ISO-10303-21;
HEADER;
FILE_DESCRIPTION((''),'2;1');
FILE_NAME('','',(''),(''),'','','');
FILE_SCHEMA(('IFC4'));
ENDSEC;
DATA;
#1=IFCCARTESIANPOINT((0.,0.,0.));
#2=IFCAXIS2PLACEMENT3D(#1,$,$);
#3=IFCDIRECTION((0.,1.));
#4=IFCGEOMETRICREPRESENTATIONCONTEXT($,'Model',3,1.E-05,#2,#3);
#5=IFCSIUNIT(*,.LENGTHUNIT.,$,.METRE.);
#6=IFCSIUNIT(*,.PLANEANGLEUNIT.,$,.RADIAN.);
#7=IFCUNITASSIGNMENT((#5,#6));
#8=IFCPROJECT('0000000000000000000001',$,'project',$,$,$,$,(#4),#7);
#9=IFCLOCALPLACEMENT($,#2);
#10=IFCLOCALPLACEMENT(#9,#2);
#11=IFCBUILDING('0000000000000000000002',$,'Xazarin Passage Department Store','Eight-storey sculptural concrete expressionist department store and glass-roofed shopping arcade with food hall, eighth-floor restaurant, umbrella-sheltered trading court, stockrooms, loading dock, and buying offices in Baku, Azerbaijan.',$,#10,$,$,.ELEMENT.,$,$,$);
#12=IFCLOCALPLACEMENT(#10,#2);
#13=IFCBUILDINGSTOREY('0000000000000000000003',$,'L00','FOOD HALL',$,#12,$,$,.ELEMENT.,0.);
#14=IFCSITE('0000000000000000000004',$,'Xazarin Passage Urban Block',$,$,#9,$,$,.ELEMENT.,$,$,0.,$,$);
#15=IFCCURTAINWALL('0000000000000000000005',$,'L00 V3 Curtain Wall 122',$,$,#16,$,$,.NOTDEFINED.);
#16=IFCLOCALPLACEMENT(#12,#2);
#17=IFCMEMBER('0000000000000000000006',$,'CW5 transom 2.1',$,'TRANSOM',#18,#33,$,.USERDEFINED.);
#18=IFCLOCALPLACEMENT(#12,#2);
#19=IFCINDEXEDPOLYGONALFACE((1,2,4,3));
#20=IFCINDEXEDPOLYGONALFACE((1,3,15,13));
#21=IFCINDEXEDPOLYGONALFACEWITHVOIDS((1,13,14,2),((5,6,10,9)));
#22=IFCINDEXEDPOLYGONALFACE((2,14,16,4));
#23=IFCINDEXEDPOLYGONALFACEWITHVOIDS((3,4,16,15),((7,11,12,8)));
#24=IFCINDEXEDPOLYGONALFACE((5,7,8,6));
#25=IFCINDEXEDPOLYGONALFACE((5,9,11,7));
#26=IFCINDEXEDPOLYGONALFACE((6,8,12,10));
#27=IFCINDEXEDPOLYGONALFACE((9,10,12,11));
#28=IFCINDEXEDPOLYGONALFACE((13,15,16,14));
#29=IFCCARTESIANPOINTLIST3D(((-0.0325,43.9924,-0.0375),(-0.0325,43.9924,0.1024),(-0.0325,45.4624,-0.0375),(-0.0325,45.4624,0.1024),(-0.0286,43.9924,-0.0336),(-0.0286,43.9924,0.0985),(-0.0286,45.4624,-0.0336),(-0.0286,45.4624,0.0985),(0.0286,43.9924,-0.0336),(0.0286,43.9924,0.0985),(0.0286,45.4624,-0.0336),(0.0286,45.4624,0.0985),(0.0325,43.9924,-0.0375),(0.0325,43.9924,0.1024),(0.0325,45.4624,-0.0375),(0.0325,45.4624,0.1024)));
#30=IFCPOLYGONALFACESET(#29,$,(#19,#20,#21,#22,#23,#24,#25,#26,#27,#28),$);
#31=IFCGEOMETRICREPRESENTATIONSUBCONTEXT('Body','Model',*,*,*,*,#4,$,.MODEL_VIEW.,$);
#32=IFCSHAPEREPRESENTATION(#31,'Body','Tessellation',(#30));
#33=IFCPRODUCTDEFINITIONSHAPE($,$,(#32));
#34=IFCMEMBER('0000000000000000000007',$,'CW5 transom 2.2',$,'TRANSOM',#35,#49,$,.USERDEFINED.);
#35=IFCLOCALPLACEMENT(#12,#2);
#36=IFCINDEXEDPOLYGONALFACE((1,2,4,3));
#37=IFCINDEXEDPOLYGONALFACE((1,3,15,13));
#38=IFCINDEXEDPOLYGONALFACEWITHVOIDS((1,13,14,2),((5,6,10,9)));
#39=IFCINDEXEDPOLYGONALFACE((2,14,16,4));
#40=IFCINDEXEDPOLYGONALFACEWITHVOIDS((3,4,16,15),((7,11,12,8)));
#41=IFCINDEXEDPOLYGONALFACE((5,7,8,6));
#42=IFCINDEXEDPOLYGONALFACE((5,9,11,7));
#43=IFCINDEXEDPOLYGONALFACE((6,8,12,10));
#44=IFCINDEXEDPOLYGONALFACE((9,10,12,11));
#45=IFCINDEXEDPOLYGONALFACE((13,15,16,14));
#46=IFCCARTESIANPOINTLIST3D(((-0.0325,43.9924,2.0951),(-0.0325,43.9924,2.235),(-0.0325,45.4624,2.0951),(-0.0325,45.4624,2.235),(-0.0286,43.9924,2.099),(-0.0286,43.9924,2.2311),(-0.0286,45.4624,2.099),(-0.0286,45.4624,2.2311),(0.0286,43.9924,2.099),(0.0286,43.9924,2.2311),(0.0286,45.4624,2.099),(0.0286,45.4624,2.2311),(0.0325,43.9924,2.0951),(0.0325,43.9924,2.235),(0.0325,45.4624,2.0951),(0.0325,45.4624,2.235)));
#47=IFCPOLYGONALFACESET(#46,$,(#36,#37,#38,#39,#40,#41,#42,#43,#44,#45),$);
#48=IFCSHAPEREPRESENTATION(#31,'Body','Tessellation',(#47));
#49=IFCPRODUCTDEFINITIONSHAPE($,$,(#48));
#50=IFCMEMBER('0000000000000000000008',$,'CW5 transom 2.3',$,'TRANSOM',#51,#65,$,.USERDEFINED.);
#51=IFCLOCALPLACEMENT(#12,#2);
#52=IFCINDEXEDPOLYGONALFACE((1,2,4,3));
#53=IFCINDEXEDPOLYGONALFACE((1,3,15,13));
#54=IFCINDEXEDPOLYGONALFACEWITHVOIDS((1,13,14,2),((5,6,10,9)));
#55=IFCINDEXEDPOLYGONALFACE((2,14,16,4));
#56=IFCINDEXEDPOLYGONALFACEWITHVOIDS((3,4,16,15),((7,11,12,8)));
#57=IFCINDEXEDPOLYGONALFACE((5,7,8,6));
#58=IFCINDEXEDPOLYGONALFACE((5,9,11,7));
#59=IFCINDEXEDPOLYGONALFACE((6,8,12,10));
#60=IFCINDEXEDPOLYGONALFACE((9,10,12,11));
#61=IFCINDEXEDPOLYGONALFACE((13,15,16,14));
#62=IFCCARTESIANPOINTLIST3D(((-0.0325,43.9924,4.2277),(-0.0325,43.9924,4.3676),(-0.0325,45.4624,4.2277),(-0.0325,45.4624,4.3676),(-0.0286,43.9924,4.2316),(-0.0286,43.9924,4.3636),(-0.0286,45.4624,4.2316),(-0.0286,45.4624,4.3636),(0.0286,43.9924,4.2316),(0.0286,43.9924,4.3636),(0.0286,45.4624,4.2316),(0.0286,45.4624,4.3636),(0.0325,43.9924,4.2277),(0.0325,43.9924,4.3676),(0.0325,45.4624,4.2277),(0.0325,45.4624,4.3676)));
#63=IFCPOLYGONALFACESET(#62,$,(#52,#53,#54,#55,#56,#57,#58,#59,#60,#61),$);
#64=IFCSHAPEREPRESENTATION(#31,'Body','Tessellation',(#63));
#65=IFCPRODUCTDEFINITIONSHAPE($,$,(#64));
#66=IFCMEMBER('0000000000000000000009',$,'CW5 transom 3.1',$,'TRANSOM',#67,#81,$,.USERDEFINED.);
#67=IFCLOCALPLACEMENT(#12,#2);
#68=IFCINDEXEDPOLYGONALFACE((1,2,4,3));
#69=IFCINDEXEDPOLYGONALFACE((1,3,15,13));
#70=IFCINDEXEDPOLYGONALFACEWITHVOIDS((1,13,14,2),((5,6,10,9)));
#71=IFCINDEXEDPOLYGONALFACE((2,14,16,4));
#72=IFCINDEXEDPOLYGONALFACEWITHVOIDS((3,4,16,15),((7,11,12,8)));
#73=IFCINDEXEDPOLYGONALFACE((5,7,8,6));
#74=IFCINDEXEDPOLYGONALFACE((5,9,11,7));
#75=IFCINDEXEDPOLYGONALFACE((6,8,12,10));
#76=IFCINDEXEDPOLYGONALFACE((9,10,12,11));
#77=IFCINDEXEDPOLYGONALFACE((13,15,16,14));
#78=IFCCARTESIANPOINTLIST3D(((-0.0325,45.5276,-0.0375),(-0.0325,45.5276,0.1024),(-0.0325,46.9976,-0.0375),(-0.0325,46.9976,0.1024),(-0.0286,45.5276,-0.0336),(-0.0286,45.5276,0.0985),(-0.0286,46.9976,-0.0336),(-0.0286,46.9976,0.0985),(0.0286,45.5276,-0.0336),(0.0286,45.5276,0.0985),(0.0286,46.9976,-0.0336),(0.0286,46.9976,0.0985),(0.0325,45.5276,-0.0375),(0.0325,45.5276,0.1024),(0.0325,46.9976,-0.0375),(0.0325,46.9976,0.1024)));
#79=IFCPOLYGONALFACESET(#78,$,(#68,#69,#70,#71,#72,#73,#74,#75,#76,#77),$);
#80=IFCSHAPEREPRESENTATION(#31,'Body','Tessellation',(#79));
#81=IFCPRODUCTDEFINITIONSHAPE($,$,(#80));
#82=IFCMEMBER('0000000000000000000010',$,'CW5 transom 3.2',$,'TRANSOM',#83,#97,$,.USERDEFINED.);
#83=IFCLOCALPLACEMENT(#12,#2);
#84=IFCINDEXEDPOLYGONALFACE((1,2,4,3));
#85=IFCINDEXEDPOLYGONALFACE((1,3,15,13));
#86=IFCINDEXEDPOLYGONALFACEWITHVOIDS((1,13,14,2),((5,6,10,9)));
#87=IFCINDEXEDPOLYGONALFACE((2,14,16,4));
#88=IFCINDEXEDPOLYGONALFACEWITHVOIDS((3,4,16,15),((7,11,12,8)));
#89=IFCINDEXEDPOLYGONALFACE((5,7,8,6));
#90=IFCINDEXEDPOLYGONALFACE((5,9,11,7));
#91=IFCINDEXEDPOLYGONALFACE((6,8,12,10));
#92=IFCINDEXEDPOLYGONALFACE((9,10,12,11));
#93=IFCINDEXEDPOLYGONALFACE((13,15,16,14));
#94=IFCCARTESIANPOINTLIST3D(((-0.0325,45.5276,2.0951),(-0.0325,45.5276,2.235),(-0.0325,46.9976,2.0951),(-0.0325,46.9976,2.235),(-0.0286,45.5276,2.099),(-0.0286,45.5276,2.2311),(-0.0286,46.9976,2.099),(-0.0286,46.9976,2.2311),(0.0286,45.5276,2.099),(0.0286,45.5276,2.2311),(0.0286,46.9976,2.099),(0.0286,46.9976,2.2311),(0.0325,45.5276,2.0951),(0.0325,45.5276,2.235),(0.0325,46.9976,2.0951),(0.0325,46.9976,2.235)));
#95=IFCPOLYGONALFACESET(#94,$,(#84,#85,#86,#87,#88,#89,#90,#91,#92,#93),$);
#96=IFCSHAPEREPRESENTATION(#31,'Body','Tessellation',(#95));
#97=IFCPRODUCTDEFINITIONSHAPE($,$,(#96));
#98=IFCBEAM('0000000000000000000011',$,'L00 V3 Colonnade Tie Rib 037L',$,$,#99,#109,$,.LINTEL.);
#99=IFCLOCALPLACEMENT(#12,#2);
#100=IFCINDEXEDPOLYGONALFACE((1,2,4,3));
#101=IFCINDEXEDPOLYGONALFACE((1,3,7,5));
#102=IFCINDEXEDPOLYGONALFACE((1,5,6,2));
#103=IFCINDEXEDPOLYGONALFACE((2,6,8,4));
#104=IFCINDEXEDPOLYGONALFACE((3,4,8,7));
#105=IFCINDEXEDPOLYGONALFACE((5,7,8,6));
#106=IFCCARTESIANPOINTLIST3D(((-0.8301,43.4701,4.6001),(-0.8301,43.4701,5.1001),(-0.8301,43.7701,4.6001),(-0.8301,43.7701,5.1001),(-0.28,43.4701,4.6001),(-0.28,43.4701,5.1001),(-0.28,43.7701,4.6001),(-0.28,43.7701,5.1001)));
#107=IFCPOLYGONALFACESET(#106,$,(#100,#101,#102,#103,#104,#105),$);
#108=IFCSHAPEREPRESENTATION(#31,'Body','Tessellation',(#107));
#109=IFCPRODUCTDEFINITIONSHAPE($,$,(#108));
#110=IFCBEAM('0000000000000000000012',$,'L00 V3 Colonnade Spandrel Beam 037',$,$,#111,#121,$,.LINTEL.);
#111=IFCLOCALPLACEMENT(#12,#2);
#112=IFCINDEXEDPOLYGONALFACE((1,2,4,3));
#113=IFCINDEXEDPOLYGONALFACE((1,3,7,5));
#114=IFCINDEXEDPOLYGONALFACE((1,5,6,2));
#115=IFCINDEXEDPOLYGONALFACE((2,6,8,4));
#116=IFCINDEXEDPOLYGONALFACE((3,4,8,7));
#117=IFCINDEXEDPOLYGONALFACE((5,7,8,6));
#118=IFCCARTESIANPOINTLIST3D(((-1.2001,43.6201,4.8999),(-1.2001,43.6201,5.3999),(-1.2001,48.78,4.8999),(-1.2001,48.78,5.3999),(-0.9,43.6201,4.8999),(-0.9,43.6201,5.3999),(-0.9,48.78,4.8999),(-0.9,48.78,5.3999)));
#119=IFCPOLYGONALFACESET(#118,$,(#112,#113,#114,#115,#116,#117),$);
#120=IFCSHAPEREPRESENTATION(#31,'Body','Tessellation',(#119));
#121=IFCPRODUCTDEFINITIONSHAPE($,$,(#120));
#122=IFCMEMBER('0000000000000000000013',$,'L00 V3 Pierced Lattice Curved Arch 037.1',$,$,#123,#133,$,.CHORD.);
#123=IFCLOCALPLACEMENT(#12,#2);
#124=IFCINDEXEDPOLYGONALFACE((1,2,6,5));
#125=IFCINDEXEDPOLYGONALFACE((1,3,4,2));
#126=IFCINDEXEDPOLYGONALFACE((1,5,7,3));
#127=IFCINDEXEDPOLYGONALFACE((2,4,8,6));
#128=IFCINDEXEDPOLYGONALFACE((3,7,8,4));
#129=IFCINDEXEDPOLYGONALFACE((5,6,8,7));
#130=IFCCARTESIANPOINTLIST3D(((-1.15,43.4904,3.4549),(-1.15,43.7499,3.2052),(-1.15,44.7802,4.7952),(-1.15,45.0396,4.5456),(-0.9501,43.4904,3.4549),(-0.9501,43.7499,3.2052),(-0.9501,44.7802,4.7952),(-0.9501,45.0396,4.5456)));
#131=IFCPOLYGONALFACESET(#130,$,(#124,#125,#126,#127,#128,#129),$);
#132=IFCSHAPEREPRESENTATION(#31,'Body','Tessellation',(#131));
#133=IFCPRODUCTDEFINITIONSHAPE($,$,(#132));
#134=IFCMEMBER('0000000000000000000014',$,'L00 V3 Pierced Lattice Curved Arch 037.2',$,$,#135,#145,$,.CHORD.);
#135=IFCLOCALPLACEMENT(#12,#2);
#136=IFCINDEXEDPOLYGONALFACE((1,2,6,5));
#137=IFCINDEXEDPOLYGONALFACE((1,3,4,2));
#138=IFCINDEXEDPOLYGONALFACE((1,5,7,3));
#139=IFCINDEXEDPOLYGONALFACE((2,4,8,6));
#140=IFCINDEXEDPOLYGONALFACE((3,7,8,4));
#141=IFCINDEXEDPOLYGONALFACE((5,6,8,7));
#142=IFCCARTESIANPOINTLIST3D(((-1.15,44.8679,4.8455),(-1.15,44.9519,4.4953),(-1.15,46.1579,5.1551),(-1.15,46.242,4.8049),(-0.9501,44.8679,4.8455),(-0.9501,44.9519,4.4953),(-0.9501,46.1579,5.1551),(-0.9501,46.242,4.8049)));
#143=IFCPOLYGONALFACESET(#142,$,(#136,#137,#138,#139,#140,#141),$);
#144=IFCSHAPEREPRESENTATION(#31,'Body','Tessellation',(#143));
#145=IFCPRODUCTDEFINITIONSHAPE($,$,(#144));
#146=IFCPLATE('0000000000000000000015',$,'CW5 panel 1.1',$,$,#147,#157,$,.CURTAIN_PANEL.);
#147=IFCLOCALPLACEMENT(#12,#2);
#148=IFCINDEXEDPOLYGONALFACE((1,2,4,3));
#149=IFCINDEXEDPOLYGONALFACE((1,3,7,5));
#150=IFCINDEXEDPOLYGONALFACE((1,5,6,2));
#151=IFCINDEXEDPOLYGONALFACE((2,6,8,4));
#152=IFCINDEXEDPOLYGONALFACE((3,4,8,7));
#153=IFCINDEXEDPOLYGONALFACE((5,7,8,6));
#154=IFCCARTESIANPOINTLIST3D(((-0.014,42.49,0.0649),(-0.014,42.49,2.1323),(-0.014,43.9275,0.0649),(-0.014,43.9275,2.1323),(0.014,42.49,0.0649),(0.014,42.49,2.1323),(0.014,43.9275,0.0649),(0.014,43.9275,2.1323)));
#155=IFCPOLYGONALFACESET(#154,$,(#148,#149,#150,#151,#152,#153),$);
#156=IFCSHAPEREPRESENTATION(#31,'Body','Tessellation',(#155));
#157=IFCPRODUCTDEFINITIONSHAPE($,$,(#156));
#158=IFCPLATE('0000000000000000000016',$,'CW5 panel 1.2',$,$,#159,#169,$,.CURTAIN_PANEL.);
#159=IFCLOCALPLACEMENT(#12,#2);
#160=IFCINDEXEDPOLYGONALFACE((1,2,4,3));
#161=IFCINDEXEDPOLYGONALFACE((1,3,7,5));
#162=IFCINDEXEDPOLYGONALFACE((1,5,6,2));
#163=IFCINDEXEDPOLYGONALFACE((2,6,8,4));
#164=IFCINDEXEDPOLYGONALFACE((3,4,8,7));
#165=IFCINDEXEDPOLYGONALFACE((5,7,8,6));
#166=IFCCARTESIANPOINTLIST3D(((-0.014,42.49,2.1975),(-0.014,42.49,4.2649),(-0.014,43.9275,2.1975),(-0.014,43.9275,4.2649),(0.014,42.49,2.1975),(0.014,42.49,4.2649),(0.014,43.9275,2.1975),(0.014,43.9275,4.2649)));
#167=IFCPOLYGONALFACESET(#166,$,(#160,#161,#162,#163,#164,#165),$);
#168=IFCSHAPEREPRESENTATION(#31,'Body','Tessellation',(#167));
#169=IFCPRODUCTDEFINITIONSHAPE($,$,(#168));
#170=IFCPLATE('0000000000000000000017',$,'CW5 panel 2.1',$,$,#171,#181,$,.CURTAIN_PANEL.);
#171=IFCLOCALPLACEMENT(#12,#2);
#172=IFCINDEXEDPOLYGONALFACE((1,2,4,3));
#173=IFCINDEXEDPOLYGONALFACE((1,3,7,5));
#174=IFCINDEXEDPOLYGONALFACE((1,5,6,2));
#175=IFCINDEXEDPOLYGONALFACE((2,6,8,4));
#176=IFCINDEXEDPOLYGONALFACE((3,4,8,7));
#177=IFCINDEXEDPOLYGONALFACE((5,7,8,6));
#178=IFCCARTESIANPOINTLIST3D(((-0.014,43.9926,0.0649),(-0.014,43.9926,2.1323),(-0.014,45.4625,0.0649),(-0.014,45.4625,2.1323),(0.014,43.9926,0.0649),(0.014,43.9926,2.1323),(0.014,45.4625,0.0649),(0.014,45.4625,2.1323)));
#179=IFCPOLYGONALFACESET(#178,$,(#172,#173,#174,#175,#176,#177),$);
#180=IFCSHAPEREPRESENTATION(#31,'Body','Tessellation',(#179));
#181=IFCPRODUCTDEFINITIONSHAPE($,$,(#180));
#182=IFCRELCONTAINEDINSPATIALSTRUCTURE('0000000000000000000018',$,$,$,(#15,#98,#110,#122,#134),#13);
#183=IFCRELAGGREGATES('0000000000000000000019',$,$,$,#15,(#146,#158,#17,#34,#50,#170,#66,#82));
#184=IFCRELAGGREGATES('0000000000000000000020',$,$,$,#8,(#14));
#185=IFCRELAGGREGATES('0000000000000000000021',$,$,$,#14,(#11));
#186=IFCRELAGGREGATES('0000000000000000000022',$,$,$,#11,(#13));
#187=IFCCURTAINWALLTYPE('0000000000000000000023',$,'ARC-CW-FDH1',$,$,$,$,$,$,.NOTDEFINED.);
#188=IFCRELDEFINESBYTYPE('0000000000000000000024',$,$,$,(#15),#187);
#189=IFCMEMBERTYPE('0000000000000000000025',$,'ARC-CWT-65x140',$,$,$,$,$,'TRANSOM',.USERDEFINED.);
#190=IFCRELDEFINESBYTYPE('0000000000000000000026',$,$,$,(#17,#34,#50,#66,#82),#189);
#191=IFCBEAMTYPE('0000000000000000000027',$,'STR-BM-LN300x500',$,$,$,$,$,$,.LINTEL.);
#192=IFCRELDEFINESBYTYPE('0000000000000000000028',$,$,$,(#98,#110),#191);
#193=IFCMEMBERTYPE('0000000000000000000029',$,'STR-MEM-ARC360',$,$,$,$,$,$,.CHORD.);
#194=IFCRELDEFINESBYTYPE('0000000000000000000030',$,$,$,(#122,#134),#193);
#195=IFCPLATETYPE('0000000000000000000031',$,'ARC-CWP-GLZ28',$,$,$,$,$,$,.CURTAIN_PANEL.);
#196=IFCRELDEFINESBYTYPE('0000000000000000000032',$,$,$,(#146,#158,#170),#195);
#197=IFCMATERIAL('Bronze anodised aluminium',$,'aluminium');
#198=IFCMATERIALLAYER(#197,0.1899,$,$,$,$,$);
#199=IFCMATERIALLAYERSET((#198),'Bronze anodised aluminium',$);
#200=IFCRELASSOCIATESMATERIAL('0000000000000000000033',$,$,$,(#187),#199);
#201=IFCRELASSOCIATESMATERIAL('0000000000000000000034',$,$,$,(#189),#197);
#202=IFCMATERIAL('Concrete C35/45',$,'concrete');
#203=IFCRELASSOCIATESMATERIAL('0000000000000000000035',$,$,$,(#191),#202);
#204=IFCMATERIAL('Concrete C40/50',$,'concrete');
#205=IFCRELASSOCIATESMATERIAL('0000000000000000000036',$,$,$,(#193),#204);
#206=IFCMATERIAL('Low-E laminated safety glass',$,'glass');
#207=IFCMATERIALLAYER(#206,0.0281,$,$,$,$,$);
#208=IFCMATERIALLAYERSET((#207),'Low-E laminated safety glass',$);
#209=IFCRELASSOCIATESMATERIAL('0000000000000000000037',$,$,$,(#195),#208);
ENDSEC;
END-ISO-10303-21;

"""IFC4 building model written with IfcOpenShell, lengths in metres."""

from ifc_helpers import new_model, si_unit, direction, frame, origin, origin_2d, place, context, subcontext, project, spatial, rectangle, hollow_rectangle, extrude, material, layer, layer_set, material_profile, profile_set, type_object, element, aggregate, save


model = new_model("IFC4")

# Units and contexts
model_context = context("Model", 3, precision=1e-05, world=origin(), true_north=direction((0.0, 1.0)))
body_context = subcontext(model_context, "Body", "Model", "MODEL_VIEW")
ifc_project = project(units=[si_unit("LENGTHUNIT", "METRE"), si_unit("PLANEANGLEUNIT", "RADIAN")], contexts=[model_context])

# Site, building, storey
site_placement = place(None, origin())
site = spatial("IfcSite", under=ifc_project, at=site_placement, Name="Xazarin Passage Urban Block", CompositionType="ELEMENT", RefElevation=0.0)
building_placement = place(site_placement, origin())
building = spatial("IfcBuilding", under=site, at=building_placement, Name="Xazarin Passage Department Store", Description="Eight-storey sculptural concrete expressionist department store and glass-roofed shopping arcade with food hall, eighth-floor restaurant, umbrella-sheltered trading court, stockrooms, loading dock, and buying offices in Baku, Azerbaijan.", CompositionType="ELEMENT")
storey_placement = place(building_placement, origin())
storey = spatial("IfcBuildingStorey", under=building, at=storey_placement, Name="L00", Description="FOOD HALL", CompositionType="ELEMENT", Elevation=0.0)

# Shared definitions
ifc_material_1 = material(Name="Concrete C35/45", Category="concrete")

# Shared definitions
ifc_material_2 = material(Name="Concrete C40/50", Category="concrete")

# Curtain wall, members
ifc_material_3 = material(Name="Bronze anodised aluminium", Category="aluminium")
ifc_layer_1 = layer(ifc_material_3, 0.1899)
ifc_layer_set_1 = layer_set([ifc_layer_1], Name="Bronze anodised aluminium")
curtain_wall_type = type_object("IfcCurtainWallType", Name="ARC-CW-FDH1", PredefinedType="NOTDEFINED", material=ifc_layer_set_1)
curtain_wall_placement = place(storey_placement, origin())
curtain_wall = element("IfcCurtainWall", 1, at=curtain_wall_placement, inside=storey, type_object=curtain_wall_type, Name="L00 V3 Curtain Wall 122", PredefinedType="NOTDEFINED")
ifc_material_profile_1 = material_profile(ifc_material_3, hollow_rectangle(XDim=0.0649, YDim=0.1399, WallThickness=0.0039, at=origin_2d()), Name="ALU 65x140")
ifc_profile_set_1 = profile_set([ifc_material_profile_1], Name="Bronze anodised aluminium")
member_type_1 = type_object("IfcMemberType", Name="ARC-CWT-65x140", ElementType="TRANSOM", PredefinedType="USERDEFINED", material=ifc_profile_set_1)
member_1_placement = place(storey_placement, frame((0.0, 43.9924, 0.0325), z_axis=(0.0, 1.0, 0.0), x_axis=(-1.0, 0.0, 0.0)))
member_1 = element("IfcMember", 2, at=member_1_placement, type_object=member_type_1, Name="CW5 transom 2.1", ObjectType="TRANSOM", PredefinedType="USERDEFINED", context=body_context, shape_type="SweptSolid", body=[
    extrude(hollow_rectangle(XDim=0.0649, YDim=0.1399, WallThickness=0.0039, at=origin_2d()), origin(), (0.0, 0.0, 1.0), 1.47),
])
member_2_placement = place(storey_placement, frame((0.0, 43.9924, 2.165), z_axis=(0.0, 1.0, 0.0), x_axis=(-1.0, 0.0, 0.0)))
member_2 = element("IfcMember", 3, at=member_2_placement, type_object=member_type_1, Name="CW5 transom 2.2", ObjectType="TRANSOM", PredefinedType="USERDEFINED", context=body_context, shape_type="SweptSolid", body=[
    extrude(hollow_rectangle(XDim=0.0649, YDim=0.1399, WallThickness=0.0039, at=origin_2d()), origin(), (0.0, 0.0, 1.0), 1.47),
])
member_3_placement = place(storey_placement, frame((0.0, 43.9924, 4.2976), z_axis=(0.0, 1.0, 0.0), x_axis=(-1.0, 0.0, 0.0)))
member_3 = element("IfcMember", 4, at=member_3_placement, type_object=member_type_1, Name="CW5 transom 2.3", ObjectType="TRANSOM", PredefinedType="USERDEFINED", context=body_context, shape_type="SweptSolid", body=[
    extrude(hollow_rectangle(XDim=0.0649, YDim=0.1399, WallThickness=0.0039, at=origin_2d()), origin(), (0.0, 0.0, 1.0), 1.47),
])
member_4_placement = place(storey_placement, frame((0.0, 45.5276, 0.0325), z_axis=(0.0, 1.0, 0.0), x_axis=(-1.0, 0.0, 0.0)))
member_4 = element("IfcMember", 5, at=member_4_placement, type_object=member_type_1, Name="CW5 transom 3.1", ObjectType="TRANSOM", PredefinedType="USERDEFINED", context=body_context, shape_type="SweptSolid", body=[
    extrude(hollow_rectangle(XDim=0.0649, YDim=0.1399, WallThickness=0.0039, at=origin_2d()), origin(), (0.0, 0.0, 1.0), 1.47),
])
member_5_placement = place(storey_placement, frame((0.0, 45.5276, 2.165), z_axis=(0.0, 1.0, 0.0), x_axis=(-1.0, 0.0, 0.0)))
member_5 = element("IfcMember", 6, at=member_5_placement, type_object=member_type_1, Name="CW5 transom 3.2", ObjectType="TRANSOM", PredefinedType="USERDEFINED", context=body_context, shape_type="SweptSolid", body=[
    extrude(hollow_rectangle(XDim=0.0649, YDim=0.1399, WallThickness=0.0039, at=origin_2d()), origin(), (0.0, 0.0, 1.0), 1.47),
])

# Beams
ifc_material_profile_2 = material_profile(ifc_material_1, rectangle(XDim=0.3, YDim=0.5, at=origin_2d()), Name="RC 300x500")
ifc_profile_set_2 = profile_set([ifc_material_profile_2], Name="Concrete C35/45")
beam_type = type_object("IfcBeamType", Name="STR-BM-LN300x500", PredefinedType="LINTEL", material=ifc_profile_set_2)
beam_1_placement = place(storey_placement, frame((-0.28, 43.6201, 4.8501), z_axis=(-1.0, 0.0, 0.0), x_axis=(0.0, -1.0, 0.0)))
element("IfcBeam", 7, at=beam_1_placement, inside=storey, type_object=beam_type, Name="L00 V3 Colonnade Tie Rib 037L", PredefinedType="LINTEL", context=body_context, shape_type="SweptSolid", body=[
    extrude(rectangle(XDim=0.3, YDim=0.5, at=origin_2d()), origin(), (0.0, 0.0, 1.0), 0.55),
])
beam_2_placement = place(storey_placement, frame((-1.05, 43.6201, 5.1499), z_axis=(0.0, 1.0, 0.0), x_axis=(-1.0, 0.0, 0.0)))
element("IfcBeam", 8, at=beam_2_placement, inside=storey, type_object=beam_type, Name="L00 V3 Colonnade Spandrel Beam 037", PredefinedType="LINTEL", context=body_context, shape_type="SweptSolid", body=[
    extrude(rectangle(XDim=0.3, YDim=0.5, at=origin_2d()), origin(), (0.0, 0.0, 1.0), 5.1599),
])

# Members
ifc_material_profile_3 = material_profile(ifc_material_2, rectangle(XDim=0.2, YDim=0.3601, at=origin_2d()), Name="RC 200x360")
ifc_profile_set_3 = profile_set([ifc_material_profile_3], Name="Concrete C40/50")
member_type_2 = type_object("IfcMemberType", Name="STR-MEM-ARC360", PredefinedType="CHORD", material=ifc_profile_set_3)
member_6_placement = place(storey_placement, frame((-1.05, 43.6201, 3.3301), z_axis=(0.0, 0.693392, 0.720561), x_axis=(-1.0, 0.0, 0.0)))
element("IfcMember", 9, at=member_6_placement, inside=storey, type_object=member_type_2, Name="L00 V3 Pierced Lattice Curved Arch 037.1", PredefinedType="CHORD", context=body_context, shape_type="SweptSolid", body=[
    extrude(rectangle(XDim=0.2, YDim=0.3601, at=origin_2d()), origin(), (0.0, 0.0, 1.0), 1.8601),
])
member_7_placement = place(storey_placement, frame((-1.05, 44.9099, 4.6704), z_axis=(0.0, 0.972394, 0.233345), x_axis=(-1.0, 0.0, 0.0)))
element("IfcMember", 10, at=member_7_placement, inside=storey, type_object=member_type_2, Name="L00 V3 Pierced Lattice Curved Arch 037.2", PredefinedType="CHORD", context=body_context, shape_type="SweptSolid", body=[
    extrude(rectangle(XDim=0.2, YDim=0.3601, at=origin_2d()), origin(), (0.0, 0.0, 1.0), 1.3267),
])

# Plates
ifc_material_4 = material(Name="Low-E laminated safety glass", Category="glass")
ifc_layer_2 = layer(ifc_material_4, 0.0281)
ifc_layer_set_2 = layer_set([ifc_layer_2], Name="Low-E laminated safety glass")
plate_type_1 = type_object("IfcPlateType", Name="ARC-CWP-GLZ28", PredefinedType="CURTAIN_PANEL", material=ifc_layer_set_2)
plate_1_placement = place(storey_placement, frame((0.0, 43.2087, 0.0649), z_axis=(0.0, 0.0, 1.0), x_axis=(0.0, 1.0, 0.0)))
plate_1 = element("IfcPlate", 11, at=plate_1_placement, type_object=plate_type_1, Name="CW5 panel 1.1", PredefinedType="CURTAIN_PANEL", context=body_context, shape_type="SweptSolid", body=[
    extrude(rectangle(XDim=1.4375, YDim=0.0281, at=origin_2d()), origin(), (0.0, 0.0, 1.0), 2.0674),
])
plate_2_placement = place(storey_placement, frame((0.0, 43.2087, 2.1975), z_axis=(0.0, 0.0, 1.0), x_axis=(0.0, 1.0, 0.0)))
plate_2 = element("IfcPlate", 12, at=plate_2_placement, type_object=plate_type_1, Name="CW5 panel 1.2", PredefinedType="CURTAIN_PANEL", context=body_context, shape_type="SweptSolid", body=[
    extrude(rectangle(XDim=1.4375, YDim=0.0281, at=origin_2d()), origin(), (0.0, 0.0, 1.0), 2.0674),
])
plate_3_placement = place(storey_placement, frame((0.0, 44.7275, 0.0649), z_axis=(0.0, 0.0, 1.0), x_axis=(0.0, 1.0, 0.0)))
plate_3 = element("IfcPlate", 13, at=plate_3_placement, type_object=plate_type_1, Name="CW5 panel 2.1", PredefinedType="CURTAIN_PANEL", context=body_context, shape_type="SweptSolid", body=[
    extrude(rectangle(XDim=1.47, YDim=0.0281, at=origin_2d()), origin(), (0.0, 0.0, 1.0), 2.0674),
])
aggregate(curtain_wall, [plate_1, plate_2, member_1, member_2, member_3, plate_3, member_4, member_5])

save(model, "model.ifc")
